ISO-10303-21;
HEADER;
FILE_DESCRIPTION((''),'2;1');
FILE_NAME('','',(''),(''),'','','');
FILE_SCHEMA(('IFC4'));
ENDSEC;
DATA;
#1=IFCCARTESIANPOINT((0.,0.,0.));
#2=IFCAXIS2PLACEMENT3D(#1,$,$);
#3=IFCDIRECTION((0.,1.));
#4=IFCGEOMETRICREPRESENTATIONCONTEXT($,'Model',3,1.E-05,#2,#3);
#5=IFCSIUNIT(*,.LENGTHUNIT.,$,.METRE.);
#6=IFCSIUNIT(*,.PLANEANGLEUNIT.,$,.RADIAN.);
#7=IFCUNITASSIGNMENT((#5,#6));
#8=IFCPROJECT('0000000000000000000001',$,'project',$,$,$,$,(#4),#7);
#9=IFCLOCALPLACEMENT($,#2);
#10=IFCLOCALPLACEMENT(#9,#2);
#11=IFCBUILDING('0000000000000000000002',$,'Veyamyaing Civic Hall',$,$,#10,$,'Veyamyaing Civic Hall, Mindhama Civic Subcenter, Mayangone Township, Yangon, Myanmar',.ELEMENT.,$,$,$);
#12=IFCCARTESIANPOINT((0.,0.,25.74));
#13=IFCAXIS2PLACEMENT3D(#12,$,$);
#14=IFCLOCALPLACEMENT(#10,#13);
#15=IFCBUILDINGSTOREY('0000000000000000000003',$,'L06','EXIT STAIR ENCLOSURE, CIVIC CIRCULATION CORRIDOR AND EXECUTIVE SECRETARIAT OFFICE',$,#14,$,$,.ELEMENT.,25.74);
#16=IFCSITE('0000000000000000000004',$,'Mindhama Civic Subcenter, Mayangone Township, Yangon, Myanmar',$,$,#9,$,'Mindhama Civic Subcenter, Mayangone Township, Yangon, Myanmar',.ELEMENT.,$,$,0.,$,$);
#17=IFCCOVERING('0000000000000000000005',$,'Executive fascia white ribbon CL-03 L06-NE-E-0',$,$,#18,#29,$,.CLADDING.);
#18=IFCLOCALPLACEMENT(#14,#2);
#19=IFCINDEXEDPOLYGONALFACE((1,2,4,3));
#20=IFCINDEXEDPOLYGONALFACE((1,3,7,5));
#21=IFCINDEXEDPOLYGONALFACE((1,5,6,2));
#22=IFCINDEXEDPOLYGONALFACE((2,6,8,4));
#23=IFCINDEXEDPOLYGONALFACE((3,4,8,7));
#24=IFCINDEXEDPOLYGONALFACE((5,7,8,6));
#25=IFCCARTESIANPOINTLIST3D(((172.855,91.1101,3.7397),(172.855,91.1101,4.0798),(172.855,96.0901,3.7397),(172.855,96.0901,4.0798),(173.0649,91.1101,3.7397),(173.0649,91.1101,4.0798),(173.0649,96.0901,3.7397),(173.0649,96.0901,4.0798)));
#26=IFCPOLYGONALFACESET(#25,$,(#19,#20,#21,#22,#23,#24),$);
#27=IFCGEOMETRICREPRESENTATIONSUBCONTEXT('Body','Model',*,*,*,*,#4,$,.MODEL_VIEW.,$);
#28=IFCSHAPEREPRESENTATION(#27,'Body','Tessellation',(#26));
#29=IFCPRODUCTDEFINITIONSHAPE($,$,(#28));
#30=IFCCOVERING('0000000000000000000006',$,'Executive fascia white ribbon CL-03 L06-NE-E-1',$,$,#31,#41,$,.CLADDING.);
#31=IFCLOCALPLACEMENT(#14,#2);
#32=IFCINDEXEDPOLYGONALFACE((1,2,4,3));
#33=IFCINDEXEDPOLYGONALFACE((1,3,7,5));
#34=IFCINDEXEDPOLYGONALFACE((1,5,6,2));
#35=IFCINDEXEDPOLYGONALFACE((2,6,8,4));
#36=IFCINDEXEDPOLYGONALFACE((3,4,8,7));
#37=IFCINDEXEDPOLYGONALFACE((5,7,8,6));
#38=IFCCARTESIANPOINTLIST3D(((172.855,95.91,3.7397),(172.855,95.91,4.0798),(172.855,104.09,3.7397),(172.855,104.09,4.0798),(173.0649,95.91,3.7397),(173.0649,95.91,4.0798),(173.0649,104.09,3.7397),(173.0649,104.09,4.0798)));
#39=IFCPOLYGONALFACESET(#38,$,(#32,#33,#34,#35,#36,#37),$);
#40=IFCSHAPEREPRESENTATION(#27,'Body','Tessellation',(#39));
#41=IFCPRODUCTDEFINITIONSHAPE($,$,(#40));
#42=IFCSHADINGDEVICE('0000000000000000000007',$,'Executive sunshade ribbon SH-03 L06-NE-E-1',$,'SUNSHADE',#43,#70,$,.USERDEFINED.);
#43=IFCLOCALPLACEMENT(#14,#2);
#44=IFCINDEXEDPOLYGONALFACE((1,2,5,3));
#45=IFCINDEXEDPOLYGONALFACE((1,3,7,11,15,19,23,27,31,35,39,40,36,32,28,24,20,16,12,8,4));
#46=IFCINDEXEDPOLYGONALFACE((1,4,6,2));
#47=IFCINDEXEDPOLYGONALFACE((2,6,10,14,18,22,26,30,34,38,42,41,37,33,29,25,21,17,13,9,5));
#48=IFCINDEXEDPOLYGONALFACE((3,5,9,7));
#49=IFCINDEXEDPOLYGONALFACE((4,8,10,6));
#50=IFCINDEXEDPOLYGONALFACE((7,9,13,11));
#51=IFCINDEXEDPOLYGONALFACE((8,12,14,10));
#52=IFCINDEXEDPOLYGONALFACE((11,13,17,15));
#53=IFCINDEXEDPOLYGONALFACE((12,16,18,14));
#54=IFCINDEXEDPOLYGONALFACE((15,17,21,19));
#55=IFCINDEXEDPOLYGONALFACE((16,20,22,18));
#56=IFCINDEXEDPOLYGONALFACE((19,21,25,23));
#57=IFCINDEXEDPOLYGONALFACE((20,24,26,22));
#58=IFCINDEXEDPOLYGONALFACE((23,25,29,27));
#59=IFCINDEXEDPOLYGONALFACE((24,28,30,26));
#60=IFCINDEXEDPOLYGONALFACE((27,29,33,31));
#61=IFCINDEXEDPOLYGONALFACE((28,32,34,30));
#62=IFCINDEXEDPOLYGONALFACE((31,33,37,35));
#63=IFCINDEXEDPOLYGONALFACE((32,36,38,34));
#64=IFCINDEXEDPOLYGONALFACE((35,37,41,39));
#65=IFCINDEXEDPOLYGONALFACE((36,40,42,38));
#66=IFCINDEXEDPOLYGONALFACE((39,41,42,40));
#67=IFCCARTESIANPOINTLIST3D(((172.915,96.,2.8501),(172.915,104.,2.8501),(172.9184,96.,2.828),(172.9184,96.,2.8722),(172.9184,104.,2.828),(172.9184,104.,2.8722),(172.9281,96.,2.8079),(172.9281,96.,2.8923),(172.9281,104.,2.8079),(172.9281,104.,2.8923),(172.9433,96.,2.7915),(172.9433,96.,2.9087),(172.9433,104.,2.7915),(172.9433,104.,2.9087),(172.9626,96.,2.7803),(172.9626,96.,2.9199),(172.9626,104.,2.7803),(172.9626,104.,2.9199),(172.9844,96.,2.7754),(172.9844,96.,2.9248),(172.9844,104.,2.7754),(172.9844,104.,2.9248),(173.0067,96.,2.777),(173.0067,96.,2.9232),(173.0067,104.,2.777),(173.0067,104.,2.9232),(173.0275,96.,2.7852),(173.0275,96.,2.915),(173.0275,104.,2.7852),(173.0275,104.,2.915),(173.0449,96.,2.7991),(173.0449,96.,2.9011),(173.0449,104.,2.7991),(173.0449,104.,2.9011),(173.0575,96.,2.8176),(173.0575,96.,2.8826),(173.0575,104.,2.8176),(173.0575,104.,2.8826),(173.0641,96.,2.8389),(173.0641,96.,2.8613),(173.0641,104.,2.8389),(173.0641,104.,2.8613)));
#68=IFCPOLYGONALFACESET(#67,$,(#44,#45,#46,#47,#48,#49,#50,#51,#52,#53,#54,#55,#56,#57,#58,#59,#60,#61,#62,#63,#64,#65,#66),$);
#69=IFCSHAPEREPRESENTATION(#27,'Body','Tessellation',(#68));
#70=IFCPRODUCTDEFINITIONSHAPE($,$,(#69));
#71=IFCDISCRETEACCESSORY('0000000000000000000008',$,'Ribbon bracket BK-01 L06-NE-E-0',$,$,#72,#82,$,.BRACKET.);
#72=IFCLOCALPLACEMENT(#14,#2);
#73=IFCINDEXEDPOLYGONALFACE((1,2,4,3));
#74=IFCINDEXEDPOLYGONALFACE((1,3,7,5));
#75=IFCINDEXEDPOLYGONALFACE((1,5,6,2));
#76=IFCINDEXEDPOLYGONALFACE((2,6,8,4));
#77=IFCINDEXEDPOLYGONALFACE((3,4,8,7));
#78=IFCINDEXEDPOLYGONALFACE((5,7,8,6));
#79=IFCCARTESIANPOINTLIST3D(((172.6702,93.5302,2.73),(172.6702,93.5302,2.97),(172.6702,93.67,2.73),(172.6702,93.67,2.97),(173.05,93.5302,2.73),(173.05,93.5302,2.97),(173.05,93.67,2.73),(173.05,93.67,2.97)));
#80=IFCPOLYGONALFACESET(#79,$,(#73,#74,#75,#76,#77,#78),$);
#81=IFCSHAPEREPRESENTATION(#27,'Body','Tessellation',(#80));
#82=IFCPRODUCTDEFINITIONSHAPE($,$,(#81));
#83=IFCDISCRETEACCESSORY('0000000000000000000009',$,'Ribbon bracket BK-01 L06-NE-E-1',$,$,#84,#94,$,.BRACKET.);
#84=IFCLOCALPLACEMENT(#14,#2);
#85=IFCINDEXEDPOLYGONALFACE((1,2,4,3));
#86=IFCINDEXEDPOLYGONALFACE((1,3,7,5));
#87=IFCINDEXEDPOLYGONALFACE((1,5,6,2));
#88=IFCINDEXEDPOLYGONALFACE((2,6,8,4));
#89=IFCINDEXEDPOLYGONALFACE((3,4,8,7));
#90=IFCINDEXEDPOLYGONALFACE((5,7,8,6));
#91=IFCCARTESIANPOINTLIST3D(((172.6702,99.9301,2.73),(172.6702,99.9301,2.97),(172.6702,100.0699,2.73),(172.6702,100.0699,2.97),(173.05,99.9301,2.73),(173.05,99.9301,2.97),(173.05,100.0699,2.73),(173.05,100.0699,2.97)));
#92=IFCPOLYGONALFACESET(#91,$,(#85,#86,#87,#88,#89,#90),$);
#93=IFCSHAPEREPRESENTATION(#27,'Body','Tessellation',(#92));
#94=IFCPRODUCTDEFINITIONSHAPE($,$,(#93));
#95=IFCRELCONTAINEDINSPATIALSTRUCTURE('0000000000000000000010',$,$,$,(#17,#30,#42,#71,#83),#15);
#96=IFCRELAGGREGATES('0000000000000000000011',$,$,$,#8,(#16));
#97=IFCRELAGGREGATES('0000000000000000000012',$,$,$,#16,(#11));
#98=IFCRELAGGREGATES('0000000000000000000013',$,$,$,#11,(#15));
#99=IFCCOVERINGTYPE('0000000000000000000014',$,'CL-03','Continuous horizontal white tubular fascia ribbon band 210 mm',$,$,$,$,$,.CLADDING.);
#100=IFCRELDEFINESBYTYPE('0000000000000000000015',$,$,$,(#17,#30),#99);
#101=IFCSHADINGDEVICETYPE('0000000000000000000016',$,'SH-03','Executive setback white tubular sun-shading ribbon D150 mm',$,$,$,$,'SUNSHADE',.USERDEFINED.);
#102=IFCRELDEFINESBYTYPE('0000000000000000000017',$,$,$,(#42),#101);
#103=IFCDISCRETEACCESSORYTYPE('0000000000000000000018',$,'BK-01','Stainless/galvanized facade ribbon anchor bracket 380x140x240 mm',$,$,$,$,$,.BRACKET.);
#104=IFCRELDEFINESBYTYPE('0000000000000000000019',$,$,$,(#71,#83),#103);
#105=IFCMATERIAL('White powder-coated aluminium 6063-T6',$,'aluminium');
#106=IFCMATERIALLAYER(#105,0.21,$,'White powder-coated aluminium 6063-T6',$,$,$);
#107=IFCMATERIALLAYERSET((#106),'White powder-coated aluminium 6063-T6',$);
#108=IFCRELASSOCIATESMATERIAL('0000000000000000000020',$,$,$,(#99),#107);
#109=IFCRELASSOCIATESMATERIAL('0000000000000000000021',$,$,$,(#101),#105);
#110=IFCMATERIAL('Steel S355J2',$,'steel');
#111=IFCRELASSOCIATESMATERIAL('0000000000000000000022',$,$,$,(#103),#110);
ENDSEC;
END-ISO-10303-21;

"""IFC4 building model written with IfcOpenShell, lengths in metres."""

from ifc_helpers import new_model, si_unit, direction, frame, origin, origin_2d, place, context, subcontext, project, spatial, rectangle, circle, extrude, material, layer, layer_set, material_profile, profile_set, type_object, element, save


model = new_model("IFC4")

# Units and contexts
model_context = context("Model", 3, precision=1e-05, world=origin(), true_north=direction((0.0, 1.0)))
body_context = subcontext(model_context, "Body", "Model", "MODEL_VIEW")
ifc_project = project(units=[si_unit("LENGTHUNIT", "METRE"), si_unit("PLANEANGLEUNIT", "RADIAN")], contexts=[model_context])

# Site, building, storey
site_placement = place(None, origin())
site = spatial("IfcSite", under=ifc_project, at=site_placement, Name="Mindhama Civic Subcenter, Mayangone Township, Yangon, Myanmar", LongName="Mindhama Civic Subcenter, Mayangone Township, Yangon, Myanmar", CompositionType="ELEMENT", RefElevation=0.0)
building_placement = place(site_placement, origin())
building = spatial("IfcBuilding", under=site, at=building_placement, Name="Veyamyaing Civic Hall", LongName="Veyamyaing Civic Hall, Mindhama Civic Subcenter, Mayangone Township, Yangon, Myanmar", CompositionType="ELEMENT")
storey_placement = place(building_placement, frame((0.0, 0.0, 25.74)))
storey = spatial("IfcBuildingStorey", under=building, at=storey_placement, Name="L06", Description="EXIT STAIR ENCLOSURE, CIVIC CIRCULATION CORRIDOR AND EXECUTIVE SECRETARIAT OFFICE", CompositionType="ELEMENT", Elevation=25.74)

# Coverings
ifc_material_1 = material(Name="White powder-coated aluminium 6063-T6", Category="aluminium")
ifc_layer_1 = layer(ifc_material_1, 0.21, Name="White powder-coated aluminium 6063-T6")
ifc_layer_set_1 = layer_set([ifc_layer_1], Name="White powder-coated aluminium 6063-T6")
covering_type = type_object("IfcCoveringType", Name="CL-03", Description="Continuous horizontal white tubular fascia ribbon band 210 mm", PredefinedType="CLADDING", material=ifc_layer_set_1)
covering_1_placement = place(storey_placement, frame((172.96, 93.6001, 3.7397), z_axis=(0.0, 0.0, 1.0), x_axis=(0.0, 1.0, 0.0)))
element("IfcCovering", 1, at=covering_1_placement, inside=storey, type_object=covering_type, Name="Executive fascia white ribbon CL-03 L06-NE-E-0", PredefinedType="CLADDING", context=body_context, shape_type="SweptSolid", body=[
    extrude(rectangle(XDim=4.98, YDim=0.21, at=origin_2d()), origin(), (0.0, 0.0, 1.0), 0.3401),
])
covering_2_placement = place(storey_placement, frame((172.96, 100.0, 3.7397), z_axis=(0.0, 0.0, 1.0), x_axis=(0.0, 1.0, 0.0)))
element("IfcCovering", 2, at=covering_2_placement, inside=storey, type_object=covering_type, Name="Executive fascia white ribbon CL-03 L06-NE-E-1", PredefinedType="CLADDING", context=body_context, shape_type="SweptSolid", body=[
    extrude(rectangle(XDim=8.1799, YDim=0.21, at=origin_2d()), origin(), (0.0, 0.0, 1.0), 0.3401),
])

# Shading device
ifc_material_profile_1 = material_profile(ifc_material_1, circle(Radius=0.075, at=origin_2d()), Name="SHADE-TUBE-150")
ifc_profile_set_1 = profile_set([ifc_material_profile_1], Name="White powder-coated aluminium 6063-T6")
shading_device_type = type_object("IfcShadingDeviceType", Name="SH-03", Description="Executive setback white tubular sun-shading ribbon D150 mm", ElementType="SUNSHADE", PredefinedType="USERDEFINED", material=ifc_profile_set_1)
shading_device_placement = place(storey_placement, frame((172.99, 96.0, 2.8501), z_axis=(0.0, 1.0, 0.0), x_axis=(-1.0, 0.0, 0.0)))
element("IfcShadingDevice", 3, at=shading_device_placement, inside=storey, type_object=shading_device_type, Name="Executive sunshade ribbon SH-03 L06-NE-E-1", ObjectType="SUNSHADE", PredefinedType="USERDEFINED", context=body_context, shape_type="SweptSolid", body=[
    extrude(circle(Radius=0.075, at=origin_2d()), origin(), (0.0, 0.0, 1.0), 8.0),
])

# Discrete accessories
ifc_material_2 = material(Name="Steel S355J2", Category="steel")
discrete_accessory_type = type_object("IfcDiscreteAccessoryType", Name="BK-01", Description="Stainless/galvanized facade ribbon anchor bracket 380x140x240 mm", PredefinedType="BRACKET", material=ifc_material_2)
for number, where, z_axis, x_axis, name in (
    (4, (172.8601, 93.6001, 2.73), (0.0, 0.0, 1.0), (1.0, 0.0, 0.0), "Ribbon bracket BK-01 L06-NE-E-0"),
    (5, (172.8601, 100.0, 2.73), (0.0, 0.0, 1.0), (1.0, 0.0, 0.0), "Ribbon bracket BK-01 L06-NE-E-1"),
):
    element("IfcDiscreteAccessory", number, at=place(storey_placement, frame(where, z_axis=z_axis, x_axis=x_axis)), inside=storey, type_object=discrete_accessory_type, Name=name, PredefinedType="BRACKET", context=body_context, shape_type="SweptSolid", body=[
        extrude(rectangle(XDim=0.3799, YDim=0.1399, at=origin_2d()), origin(), (0.0, 0.0, 1.0), 0.24),
    ])

save(model, "model.ifc")
